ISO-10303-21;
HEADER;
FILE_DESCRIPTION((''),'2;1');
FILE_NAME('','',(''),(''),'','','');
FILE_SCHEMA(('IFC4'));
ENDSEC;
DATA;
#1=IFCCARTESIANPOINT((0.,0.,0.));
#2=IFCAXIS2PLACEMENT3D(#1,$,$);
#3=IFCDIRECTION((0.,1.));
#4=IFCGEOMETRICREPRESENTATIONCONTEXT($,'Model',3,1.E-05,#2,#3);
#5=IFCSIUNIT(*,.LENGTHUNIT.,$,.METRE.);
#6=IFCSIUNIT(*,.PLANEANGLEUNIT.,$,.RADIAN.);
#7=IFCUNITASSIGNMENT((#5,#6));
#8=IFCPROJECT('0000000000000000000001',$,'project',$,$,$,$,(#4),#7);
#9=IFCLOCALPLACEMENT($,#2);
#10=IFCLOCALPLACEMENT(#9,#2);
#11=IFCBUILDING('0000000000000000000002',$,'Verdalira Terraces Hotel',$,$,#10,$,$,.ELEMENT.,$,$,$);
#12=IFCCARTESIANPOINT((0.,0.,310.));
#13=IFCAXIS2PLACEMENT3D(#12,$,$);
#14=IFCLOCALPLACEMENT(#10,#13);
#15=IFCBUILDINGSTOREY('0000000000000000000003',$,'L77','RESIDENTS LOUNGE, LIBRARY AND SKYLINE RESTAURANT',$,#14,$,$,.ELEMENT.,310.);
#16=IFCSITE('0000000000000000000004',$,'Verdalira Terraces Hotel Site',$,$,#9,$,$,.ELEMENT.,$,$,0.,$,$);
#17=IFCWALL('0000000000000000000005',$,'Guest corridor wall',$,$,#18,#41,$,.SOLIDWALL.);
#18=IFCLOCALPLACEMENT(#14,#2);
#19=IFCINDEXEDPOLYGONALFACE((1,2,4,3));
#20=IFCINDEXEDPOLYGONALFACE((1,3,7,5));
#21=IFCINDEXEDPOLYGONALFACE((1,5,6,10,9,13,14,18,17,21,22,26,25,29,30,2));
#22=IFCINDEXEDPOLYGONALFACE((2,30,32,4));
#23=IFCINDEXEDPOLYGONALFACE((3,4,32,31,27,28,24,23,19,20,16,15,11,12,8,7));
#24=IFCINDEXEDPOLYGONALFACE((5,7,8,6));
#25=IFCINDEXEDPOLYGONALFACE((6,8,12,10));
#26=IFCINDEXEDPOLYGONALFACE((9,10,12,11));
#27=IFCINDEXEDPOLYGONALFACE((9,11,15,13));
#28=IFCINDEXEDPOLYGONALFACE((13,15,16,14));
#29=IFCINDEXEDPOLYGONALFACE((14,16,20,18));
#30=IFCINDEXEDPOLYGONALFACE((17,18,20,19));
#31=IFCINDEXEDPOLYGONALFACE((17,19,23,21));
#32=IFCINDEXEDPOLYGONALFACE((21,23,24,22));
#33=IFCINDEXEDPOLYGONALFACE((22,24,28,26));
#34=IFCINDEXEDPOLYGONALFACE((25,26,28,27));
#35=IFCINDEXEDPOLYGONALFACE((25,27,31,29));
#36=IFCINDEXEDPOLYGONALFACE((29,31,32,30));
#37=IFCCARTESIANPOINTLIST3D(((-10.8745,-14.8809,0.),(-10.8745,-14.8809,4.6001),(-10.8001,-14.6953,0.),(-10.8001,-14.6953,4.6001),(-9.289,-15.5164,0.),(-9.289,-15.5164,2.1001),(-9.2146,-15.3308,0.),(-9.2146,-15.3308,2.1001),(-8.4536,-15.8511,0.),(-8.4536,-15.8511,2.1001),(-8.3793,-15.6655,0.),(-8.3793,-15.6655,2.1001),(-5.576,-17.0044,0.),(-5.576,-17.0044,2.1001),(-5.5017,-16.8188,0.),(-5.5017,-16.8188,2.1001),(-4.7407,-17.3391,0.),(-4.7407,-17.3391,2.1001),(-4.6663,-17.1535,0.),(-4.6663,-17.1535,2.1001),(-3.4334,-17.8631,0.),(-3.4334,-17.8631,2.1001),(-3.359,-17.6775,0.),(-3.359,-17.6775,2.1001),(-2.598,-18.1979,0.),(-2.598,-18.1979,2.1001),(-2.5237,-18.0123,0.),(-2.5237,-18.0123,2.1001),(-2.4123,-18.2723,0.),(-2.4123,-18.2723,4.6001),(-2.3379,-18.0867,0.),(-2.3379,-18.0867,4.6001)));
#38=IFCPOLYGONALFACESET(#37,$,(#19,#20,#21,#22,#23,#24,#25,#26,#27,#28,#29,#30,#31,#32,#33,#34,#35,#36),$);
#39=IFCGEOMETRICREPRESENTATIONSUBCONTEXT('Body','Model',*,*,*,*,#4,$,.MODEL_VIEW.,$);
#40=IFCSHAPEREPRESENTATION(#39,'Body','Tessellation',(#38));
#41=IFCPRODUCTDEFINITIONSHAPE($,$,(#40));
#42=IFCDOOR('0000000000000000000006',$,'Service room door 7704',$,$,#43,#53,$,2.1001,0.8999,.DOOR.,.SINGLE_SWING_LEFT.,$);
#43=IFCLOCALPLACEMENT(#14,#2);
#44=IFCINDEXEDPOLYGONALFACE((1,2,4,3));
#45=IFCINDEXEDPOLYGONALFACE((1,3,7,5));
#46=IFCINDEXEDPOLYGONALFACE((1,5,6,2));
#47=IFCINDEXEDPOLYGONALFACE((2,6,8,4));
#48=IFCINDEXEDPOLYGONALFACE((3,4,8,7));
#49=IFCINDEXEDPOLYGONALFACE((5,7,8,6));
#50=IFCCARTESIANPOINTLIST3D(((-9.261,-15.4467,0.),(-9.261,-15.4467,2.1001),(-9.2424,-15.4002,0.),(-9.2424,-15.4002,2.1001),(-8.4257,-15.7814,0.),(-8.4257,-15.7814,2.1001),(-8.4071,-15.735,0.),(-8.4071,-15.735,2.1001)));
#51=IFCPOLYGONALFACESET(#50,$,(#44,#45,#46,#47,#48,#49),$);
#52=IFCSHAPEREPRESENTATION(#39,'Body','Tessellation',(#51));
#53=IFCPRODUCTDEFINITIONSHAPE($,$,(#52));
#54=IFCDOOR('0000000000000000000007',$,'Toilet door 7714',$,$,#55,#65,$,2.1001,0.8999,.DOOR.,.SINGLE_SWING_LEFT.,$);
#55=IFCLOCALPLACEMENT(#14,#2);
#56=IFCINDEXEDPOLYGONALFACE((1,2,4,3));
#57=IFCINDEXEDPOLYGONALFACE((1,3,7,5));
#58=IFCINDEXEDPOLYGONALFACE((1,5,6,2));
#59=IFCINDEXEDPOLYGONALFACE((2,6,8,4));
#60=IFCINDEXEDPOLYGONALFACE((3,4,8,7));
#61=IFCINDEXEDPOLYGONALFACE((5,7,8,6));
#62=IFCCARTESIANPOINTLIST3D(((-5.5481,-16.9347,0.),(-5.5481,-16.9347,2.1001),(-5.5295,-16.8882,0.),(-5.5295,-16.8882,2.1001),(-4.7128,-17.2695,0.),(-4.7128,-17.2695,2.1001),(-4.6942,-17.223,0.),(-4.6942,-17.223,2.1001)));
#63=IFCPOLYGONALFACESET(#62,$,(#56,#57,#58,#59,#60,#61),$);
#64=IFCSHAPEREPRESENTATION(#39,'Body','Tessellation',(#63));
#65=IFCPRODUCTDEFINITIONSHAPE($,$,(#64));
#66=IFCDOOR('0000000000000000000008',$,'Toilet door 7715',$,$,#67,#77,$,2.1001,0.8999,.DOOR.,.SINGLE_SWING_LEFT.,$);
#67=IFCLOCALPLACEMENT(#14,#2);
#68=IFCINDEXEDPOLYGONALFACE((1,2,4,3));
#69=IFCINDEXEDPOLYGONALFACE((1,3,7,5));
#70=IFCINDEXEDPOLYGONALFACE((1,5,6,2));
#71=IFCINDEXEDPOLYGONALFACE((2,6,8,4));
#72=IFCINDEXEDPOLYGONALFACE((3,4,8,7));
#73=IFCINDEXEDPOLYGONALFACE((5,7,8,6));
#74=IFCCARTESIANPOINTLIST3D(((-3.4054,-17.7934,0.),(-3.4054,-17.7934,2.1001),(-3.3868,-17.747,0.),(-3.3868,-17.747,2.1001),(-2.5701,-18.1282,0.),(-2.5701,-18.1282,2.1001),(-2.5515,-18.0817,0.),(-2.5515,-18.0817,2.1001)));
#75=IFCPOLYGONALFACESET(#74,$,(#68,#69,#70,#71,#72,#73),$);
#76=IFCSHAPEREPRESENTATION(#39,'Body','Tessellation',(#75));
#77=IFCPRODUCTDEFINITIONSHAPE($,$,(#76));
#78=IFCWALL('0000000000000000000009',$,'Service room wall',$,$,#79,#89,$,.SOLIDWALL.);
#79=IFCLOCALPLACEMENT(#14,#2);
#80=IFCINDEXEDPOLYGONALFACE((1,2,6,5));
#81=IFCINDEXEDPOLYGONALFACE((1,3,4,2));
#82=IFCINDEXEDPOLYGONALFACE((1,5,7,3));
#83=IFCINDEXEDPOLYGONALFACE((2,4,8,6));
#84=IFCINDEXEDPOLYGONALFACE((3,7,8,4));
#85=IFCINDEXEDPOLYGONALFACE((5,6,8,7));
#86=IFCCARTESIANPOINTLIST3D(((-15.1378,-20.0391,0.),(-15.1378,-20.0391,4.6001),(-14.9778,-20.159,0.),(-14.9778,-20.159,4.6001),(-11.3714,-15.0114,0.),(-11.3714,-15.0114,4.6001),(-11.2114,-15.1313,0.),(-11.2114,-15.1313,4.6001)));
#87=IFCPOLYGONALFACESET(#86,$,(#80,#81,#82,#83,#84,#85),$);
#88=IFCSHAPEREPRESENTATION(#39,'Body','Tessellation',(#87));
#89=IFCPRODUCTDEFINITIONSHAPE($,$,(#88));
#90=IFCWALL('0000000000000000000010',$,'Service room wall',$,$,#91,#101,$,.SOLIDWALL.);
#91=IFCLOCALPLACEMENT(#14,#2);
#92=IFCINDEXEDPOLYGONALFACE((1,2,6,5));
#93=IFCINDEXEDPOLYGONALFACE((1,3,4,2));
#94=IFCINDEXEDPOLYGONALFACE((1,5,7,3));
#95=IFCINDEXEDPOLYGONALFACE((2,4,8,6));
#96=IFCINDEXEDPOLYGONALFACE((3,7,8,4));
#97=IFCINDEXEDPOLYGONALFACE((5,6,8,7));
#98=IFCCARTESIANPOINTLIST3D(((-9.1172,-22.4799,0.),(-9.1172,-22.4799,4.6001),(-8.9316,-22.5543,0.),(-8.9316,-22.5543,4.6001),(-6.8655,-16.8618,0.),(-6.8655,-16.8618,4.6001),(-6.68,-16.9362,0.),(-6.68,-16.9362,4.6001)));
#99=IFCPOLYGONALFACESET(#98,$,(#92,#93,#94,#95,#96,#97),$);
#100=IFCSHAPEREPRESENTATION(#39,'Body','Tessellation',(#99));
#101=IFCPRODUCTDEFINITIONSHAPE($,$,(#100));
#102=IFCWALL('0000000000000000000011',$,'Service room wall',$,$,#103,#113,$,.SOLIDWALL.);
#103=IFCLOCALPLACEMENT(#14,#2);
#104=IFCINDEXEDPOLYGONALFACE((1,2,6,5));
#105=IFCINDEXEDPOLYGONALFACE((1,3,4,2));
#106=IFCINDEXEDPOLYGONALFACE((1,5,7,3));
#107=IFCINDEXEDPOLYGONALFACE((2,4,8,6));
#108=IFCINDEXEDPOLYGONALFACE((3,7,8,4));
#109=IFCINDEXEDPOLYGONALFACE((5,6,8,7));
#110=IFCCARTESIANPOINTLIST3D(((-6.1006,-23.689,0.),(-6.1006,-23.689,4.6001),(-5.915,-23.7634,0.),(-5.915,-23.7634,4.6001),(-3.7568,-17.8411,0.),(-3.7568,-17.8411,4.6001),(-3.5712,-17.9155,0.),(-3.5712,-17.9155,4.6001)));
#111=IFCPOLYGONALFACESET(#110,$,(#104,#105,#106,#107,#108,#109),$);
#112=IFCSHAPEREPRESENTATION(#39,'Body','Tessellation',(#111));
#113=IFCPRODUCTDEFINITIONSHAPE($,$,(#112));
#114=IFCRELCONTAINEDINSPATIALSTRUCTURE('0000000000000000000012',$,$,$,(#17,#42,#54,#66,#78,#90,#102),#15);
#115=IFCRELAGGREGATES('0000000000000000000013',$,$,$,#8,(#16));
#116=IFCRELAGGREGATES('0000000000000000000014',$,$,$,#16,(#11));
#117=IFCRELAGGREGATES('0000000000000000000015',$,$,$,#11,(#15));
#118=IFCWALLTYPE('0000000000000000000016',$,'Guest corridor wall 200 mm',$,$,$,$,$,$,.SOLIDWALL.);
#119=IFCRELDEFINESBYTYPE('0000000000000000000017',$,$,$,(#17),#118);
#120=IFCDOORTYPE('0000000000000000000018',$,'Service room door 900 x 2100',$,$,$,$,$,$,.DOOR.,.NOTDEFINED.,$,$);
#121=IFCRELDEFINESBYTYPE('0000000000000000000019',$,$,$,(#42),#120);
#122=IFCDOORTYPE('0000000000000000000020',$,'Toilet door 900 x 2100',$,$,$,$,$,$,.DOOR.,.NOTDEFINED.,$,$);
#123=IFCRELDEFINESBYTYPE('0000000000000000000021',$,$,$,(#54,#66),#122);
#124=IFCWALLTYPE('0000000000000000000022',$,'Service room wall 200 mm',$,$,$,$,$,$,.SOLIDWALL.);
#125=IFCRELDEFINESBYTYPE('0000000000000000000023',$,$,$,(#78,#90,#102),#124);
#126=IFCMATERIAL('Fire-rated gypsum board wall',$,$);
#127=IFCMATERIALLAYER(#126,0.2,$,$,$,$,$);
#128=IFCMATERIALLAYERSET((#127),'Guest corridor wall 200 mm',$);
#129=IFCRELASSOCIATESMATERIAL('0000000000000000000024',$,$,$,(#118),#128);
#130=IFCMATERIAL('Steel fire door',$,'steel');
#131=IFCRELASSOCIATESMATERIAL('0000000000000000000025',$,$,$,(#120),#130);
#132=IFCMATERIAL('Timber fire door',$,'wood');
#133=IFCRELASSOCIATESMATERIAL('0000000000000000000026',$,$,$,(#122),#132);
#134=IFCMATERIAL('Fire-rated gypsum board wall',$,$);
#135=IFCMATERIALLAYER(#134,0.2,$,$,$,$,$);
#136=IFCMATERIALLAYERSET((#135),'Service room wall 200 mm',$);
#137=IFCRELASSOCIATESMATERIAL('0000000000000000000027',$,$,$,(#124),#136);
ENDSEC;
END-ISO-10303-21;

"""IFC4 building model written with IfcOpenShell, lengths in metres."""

from ifc_helpers import new_model, si_unit, direction, frame, frame_2d, origin, place, context, subcontext, project, spatial, rectangle, extrude, material, layer, layer_set, type_object, element, fill, save


model = new_model("IFC4")

# Units and contexts
model_context = context("Model", 3, precision=1e-05, world=origin(), true_north=direction((0.0, 1.0)))
body_context = subcontext(model_context, "Body", "Model", "MODEL_VIEW")
ifc_project = project(units=[si_unit("LENGTHUNIT", "METRE"), si_unit("PLANEANGLEUNIT", "RADIAN")], contexts=[model_context])

# Site, building, storey
site_placement = place(None, origin())
site = spatial("IfcSite", under=ifc_project, at=site_placement, Name="Verdalira Terraces Hotel Site", CompositionType="ELEMENT", RefElevation=0.0)
building_placement = place(site_placement, origin())
building = spatial("IfcBuilding", under=site, at=building_placement, Name="Verdalira Terraces Hotel", CompositionType="ELEMENT")
storey_placement = place(building_placement, frame((0.0, 0.0, 310.0)))
storey = spatial("IfcBuildingStorey", under=building, at=storey_placement, Name="L77", Description="RESIDENTS LOUNGE, LIBRARY AND SKYLINE RESTAURANT", CompositionType="ELEMENT", Elevation=310.0)

# Shared definitions
ifc_material_1 = material(Name="Fire-rated gypsum board wall")
ifc_layer_1 = layer(ifc_material_1, 0.2)
ifc_layer_set_1 = layer_set([ifc_layer_1], Name="Guest corridor wall 200 mm")
wall_type_1 = type_object("IfcWallType", Name="Guest corridor wall 200 mm", PredefinedType="SOLIDWALL", material=ifc_layer_set_1)

# Wall, openings, doors
wall_1_placement = place(storey_placement, frame((-2.3752, -18.1794, 0.0), z_axis=(0.0, 0.0, 1.0), x_axis=(-0.928231, 0.372005, 0.0)))
wall_1 = element("IfcWall", 1, at=wall_1_placement, inside=storey, type_object=wall_type_1, Name="Guest corridor wall", PredefinedType="SOLIDWALL", context=body_context, shape_type="SweptSolid", body=[
    extrude(rectangle(XDim=9.1165, YDim=0.2, at=frame_2d((4.5581, 0.0))), origin(), (0.0, 0.0, 1.0), 4.6001),
])
opening_1_placement = place(wall_1_placement, frame((6.5083, 0.0, 0.0)))
opening_1 = element("IfcOpeningElement", 2, at=opening_1_placement, cuts=wall_1, PredefinedType="OPENING", context=body_context, shape_type="SweptSolid", body=[
    extrude(rectangle(XDim=0.8999, YDim=2.1001, at=frame_2d((0.45, 1.05))), frame((0.0, 0.1099, 0.0), z_axis=(0.0, -1.0, 0.0), x_axis=(1.0, 0.0, 0.0)), (0.0, 0.0, 1.0), 0.22),
])
opening_2_placement = place(wall_1_placement, frame((2.5083, 0.0, 0.0)))
opening_2 = element("IfcOpeningElement", 3, at=opening_2_placement, cuts=wall_1, PredefinedType="OPENING", context=body_context, shape_type="SweptSolid", body=[
    extrude(rectangle(XDim=0.8999, YDim=2.1001, at=frame_2d((0.45, 1.05))), frame((0.0, 0.1099, 0.0), z_axis=(0.0, -1.0, 0.0), x_axis=(1.0, 0.0, 0.0)), (0.0, 0.0, 1.0), 0.22),
])
opening_3_placement = place(wall_1_placement, frame((0.2, 0.0, 0.0)))
opening_3 = element("IfcOpeningElement", 4, at=opening_3_placement, cuts=wall_1, PredefinedType="OPENING", context=body_context, shape_type="SweptSolid", body=[
    extrude(rectangle(XDim=0.8999, YDim=2.1001, at=frame_2d((0.45, 1.05))), frame((0.0, 0.1099, 0.0), z_axis=(0.0, -1.0, 0.0), x_axis=(1.0, 0.0, 0.0)), (0.0, 0.0, 1.0), 0.22),
])
ifc_material_2 = material(Name="Steel fire door", Category="steel")
door_type_1 = type_object("IfcDoorType", Name="Service room door 900 x 2100", OperationType="NOTDEFINED", PredefinedType="DOOR", material=ifc_material_2)
door_1_placement = place(opening_1_placement, origin())
door_1 = element("IfcDoor", 5, at=door_1_placement, inside=storey, type_object=door_type_1, Name="Service room door 7704", OperationType="SINGLE_SWING_LEFT", OverallHeight=2.1001, OverallWidth=0.8999, PredefinedType="DOOR", context=body_context, shape_type="SweptSolid", body=[
    extrude(rectangle(XDim=0.8999, YDim=2.1001, at=frame_2d((0.45, 1.05))), frame((0.0, 0.0249, 0.0), z_axis=(0.0, -1.0, 0.0), x_axis=(1.0, 0.0, 0.0)), (0.0, 0.0, 1.0), 0.05),
])
fill(opening_1, door_1)
ifc_material_3 = material(Name="Timber fire door", Category="wood")
door_type_2 = type_object("IfcDoorType", Name="Toilet door 900 x 2100", OperationType="NOTDEFINED", PredefinedType="DOOR", material=ifc_material_3)
door_2_placement = place(opening_2_placement, origin())
door_2 = element("IfcDoor", 6, at=door_2_placement, inside=storey, type_object=door_type_2, Name="Toilet door 7714", OperationType="SINGLE_SWING_LEFT", OverallHeight=2.1001, OverallWidth=0.8999, PredefinedType="DOOR", context=body_context, shape_type="SweptSolid", body=[
    extrude(rectangle(XDim=0.8999, YDim=2.1001, at=frame_2d((0.45, 1.05))), frame((0.0, 0.0249, 0.0), z_axis=(0.0, -1.0, 0.0), x_axis=(1.0, 0.0, 0.0)), (0.0, 0.0, 1.0), 0.05),
])
fill(opening_2, door_2)
door_3_placement = place(opening_3_placement, origin())
door_3 = element("IfcDoor", 7, at=door_3_placement, inside=storey, type_object=door_type_2, Name="Toilet door 7715", OperationType="SINGLE_SWING_LEFT", OverallHeight=2.1001, OverallWidth=0.8999, PredefinedType="DOOR", context=body_context, shape_type="SweptSolid", body=[
    extrude(rectangle(XDim=0.8999, YDim=2.1001, at=frame_2d((0.45, 1.05))), frame((0.0, 0.0249, 0.0), z_axis=(0.0, -1.0, 0.0), x_axis=(1.0, 0.0, 0.0)), (0.0, 0.0, 1.0), 0.05),
])
fill(opening_3, door_3)

# Walls
ifc_material_4 = material(Name="Fire-rated gypsum board wall")
ifc_layer_2 = layer(ifc_material_4, 0.2)
ifc_layer_set_2 = layer_set([ifc_layer_2], Name="Service room wall 200 mm")
wall_type_2 = type_object("IfcWallType", Name="Service room wall 200 mm", PredefinedType="SOLIDWALL", material=ifc_layer_set_2)
wall_2_placement = place(storey_placement, frame((-15.0579, -20.0991, 0.0), z_axis=(0.0, 0.0, 1.0), x_axis=(0.599558, 0.800331, 0.0)))
element("IfcWall", 8, at=wall_2_placement, inside=storey, type_object=wall_type_2, Name="Service room wall", PredefinedType="SOLIDWALL", context=body_context, shape_type="SweptSolid", body=[
    extrude(rectangle(XDim=6.282, YDim=0.2, at=frame_2d((3.1411, 0.0))), origin(), (0.0, 0.0, 1.0), 4.6001),
])
wall_3_placement = place(storey_placement, frame((-6.7727, -16.8989, 0.0), z_axis=(0.0, 0.0, 1.0), x_axis=(-0.372023, -0.928223, 0.0)))
element("IfcWall", 9, at=wall_3_placement, inside=storey, type_object=wall_type_2, Name="Service room wall", PredefinedType="SOLIDWALL", context=body_context, shape_type="SweptSolid", body=[
    extrude(rectangle(XDim=6.0525, YDim=0.2, at=frame_2d((3.0264, 0.0))), origin(), (0.0, 0.0, 1.0), 4.6001),
])
wall_4_placement = place(storey_placement, frame((-3.6641, -17.8784, 0.0), z_axis=(0.0, 0.0, 1.0), x_axis=(-0.372019, -0.928225, 0.0)))
element("IfcWall", 10, at=wall_4_placement, inside=storey, type_object=wall_type_2, Name="Service room wall", PredefinedType="SOLIDWALL", context=body_context, shape_type="SweptSolid", body=[
    extrude(rectangle(XDim=6.3, YDim=0.2, at=frame_2d((3.1499, 0.0))), origin(), (0.0, 0.0, 1.0), 4.6001),
])

save(model, "model.ifc")
